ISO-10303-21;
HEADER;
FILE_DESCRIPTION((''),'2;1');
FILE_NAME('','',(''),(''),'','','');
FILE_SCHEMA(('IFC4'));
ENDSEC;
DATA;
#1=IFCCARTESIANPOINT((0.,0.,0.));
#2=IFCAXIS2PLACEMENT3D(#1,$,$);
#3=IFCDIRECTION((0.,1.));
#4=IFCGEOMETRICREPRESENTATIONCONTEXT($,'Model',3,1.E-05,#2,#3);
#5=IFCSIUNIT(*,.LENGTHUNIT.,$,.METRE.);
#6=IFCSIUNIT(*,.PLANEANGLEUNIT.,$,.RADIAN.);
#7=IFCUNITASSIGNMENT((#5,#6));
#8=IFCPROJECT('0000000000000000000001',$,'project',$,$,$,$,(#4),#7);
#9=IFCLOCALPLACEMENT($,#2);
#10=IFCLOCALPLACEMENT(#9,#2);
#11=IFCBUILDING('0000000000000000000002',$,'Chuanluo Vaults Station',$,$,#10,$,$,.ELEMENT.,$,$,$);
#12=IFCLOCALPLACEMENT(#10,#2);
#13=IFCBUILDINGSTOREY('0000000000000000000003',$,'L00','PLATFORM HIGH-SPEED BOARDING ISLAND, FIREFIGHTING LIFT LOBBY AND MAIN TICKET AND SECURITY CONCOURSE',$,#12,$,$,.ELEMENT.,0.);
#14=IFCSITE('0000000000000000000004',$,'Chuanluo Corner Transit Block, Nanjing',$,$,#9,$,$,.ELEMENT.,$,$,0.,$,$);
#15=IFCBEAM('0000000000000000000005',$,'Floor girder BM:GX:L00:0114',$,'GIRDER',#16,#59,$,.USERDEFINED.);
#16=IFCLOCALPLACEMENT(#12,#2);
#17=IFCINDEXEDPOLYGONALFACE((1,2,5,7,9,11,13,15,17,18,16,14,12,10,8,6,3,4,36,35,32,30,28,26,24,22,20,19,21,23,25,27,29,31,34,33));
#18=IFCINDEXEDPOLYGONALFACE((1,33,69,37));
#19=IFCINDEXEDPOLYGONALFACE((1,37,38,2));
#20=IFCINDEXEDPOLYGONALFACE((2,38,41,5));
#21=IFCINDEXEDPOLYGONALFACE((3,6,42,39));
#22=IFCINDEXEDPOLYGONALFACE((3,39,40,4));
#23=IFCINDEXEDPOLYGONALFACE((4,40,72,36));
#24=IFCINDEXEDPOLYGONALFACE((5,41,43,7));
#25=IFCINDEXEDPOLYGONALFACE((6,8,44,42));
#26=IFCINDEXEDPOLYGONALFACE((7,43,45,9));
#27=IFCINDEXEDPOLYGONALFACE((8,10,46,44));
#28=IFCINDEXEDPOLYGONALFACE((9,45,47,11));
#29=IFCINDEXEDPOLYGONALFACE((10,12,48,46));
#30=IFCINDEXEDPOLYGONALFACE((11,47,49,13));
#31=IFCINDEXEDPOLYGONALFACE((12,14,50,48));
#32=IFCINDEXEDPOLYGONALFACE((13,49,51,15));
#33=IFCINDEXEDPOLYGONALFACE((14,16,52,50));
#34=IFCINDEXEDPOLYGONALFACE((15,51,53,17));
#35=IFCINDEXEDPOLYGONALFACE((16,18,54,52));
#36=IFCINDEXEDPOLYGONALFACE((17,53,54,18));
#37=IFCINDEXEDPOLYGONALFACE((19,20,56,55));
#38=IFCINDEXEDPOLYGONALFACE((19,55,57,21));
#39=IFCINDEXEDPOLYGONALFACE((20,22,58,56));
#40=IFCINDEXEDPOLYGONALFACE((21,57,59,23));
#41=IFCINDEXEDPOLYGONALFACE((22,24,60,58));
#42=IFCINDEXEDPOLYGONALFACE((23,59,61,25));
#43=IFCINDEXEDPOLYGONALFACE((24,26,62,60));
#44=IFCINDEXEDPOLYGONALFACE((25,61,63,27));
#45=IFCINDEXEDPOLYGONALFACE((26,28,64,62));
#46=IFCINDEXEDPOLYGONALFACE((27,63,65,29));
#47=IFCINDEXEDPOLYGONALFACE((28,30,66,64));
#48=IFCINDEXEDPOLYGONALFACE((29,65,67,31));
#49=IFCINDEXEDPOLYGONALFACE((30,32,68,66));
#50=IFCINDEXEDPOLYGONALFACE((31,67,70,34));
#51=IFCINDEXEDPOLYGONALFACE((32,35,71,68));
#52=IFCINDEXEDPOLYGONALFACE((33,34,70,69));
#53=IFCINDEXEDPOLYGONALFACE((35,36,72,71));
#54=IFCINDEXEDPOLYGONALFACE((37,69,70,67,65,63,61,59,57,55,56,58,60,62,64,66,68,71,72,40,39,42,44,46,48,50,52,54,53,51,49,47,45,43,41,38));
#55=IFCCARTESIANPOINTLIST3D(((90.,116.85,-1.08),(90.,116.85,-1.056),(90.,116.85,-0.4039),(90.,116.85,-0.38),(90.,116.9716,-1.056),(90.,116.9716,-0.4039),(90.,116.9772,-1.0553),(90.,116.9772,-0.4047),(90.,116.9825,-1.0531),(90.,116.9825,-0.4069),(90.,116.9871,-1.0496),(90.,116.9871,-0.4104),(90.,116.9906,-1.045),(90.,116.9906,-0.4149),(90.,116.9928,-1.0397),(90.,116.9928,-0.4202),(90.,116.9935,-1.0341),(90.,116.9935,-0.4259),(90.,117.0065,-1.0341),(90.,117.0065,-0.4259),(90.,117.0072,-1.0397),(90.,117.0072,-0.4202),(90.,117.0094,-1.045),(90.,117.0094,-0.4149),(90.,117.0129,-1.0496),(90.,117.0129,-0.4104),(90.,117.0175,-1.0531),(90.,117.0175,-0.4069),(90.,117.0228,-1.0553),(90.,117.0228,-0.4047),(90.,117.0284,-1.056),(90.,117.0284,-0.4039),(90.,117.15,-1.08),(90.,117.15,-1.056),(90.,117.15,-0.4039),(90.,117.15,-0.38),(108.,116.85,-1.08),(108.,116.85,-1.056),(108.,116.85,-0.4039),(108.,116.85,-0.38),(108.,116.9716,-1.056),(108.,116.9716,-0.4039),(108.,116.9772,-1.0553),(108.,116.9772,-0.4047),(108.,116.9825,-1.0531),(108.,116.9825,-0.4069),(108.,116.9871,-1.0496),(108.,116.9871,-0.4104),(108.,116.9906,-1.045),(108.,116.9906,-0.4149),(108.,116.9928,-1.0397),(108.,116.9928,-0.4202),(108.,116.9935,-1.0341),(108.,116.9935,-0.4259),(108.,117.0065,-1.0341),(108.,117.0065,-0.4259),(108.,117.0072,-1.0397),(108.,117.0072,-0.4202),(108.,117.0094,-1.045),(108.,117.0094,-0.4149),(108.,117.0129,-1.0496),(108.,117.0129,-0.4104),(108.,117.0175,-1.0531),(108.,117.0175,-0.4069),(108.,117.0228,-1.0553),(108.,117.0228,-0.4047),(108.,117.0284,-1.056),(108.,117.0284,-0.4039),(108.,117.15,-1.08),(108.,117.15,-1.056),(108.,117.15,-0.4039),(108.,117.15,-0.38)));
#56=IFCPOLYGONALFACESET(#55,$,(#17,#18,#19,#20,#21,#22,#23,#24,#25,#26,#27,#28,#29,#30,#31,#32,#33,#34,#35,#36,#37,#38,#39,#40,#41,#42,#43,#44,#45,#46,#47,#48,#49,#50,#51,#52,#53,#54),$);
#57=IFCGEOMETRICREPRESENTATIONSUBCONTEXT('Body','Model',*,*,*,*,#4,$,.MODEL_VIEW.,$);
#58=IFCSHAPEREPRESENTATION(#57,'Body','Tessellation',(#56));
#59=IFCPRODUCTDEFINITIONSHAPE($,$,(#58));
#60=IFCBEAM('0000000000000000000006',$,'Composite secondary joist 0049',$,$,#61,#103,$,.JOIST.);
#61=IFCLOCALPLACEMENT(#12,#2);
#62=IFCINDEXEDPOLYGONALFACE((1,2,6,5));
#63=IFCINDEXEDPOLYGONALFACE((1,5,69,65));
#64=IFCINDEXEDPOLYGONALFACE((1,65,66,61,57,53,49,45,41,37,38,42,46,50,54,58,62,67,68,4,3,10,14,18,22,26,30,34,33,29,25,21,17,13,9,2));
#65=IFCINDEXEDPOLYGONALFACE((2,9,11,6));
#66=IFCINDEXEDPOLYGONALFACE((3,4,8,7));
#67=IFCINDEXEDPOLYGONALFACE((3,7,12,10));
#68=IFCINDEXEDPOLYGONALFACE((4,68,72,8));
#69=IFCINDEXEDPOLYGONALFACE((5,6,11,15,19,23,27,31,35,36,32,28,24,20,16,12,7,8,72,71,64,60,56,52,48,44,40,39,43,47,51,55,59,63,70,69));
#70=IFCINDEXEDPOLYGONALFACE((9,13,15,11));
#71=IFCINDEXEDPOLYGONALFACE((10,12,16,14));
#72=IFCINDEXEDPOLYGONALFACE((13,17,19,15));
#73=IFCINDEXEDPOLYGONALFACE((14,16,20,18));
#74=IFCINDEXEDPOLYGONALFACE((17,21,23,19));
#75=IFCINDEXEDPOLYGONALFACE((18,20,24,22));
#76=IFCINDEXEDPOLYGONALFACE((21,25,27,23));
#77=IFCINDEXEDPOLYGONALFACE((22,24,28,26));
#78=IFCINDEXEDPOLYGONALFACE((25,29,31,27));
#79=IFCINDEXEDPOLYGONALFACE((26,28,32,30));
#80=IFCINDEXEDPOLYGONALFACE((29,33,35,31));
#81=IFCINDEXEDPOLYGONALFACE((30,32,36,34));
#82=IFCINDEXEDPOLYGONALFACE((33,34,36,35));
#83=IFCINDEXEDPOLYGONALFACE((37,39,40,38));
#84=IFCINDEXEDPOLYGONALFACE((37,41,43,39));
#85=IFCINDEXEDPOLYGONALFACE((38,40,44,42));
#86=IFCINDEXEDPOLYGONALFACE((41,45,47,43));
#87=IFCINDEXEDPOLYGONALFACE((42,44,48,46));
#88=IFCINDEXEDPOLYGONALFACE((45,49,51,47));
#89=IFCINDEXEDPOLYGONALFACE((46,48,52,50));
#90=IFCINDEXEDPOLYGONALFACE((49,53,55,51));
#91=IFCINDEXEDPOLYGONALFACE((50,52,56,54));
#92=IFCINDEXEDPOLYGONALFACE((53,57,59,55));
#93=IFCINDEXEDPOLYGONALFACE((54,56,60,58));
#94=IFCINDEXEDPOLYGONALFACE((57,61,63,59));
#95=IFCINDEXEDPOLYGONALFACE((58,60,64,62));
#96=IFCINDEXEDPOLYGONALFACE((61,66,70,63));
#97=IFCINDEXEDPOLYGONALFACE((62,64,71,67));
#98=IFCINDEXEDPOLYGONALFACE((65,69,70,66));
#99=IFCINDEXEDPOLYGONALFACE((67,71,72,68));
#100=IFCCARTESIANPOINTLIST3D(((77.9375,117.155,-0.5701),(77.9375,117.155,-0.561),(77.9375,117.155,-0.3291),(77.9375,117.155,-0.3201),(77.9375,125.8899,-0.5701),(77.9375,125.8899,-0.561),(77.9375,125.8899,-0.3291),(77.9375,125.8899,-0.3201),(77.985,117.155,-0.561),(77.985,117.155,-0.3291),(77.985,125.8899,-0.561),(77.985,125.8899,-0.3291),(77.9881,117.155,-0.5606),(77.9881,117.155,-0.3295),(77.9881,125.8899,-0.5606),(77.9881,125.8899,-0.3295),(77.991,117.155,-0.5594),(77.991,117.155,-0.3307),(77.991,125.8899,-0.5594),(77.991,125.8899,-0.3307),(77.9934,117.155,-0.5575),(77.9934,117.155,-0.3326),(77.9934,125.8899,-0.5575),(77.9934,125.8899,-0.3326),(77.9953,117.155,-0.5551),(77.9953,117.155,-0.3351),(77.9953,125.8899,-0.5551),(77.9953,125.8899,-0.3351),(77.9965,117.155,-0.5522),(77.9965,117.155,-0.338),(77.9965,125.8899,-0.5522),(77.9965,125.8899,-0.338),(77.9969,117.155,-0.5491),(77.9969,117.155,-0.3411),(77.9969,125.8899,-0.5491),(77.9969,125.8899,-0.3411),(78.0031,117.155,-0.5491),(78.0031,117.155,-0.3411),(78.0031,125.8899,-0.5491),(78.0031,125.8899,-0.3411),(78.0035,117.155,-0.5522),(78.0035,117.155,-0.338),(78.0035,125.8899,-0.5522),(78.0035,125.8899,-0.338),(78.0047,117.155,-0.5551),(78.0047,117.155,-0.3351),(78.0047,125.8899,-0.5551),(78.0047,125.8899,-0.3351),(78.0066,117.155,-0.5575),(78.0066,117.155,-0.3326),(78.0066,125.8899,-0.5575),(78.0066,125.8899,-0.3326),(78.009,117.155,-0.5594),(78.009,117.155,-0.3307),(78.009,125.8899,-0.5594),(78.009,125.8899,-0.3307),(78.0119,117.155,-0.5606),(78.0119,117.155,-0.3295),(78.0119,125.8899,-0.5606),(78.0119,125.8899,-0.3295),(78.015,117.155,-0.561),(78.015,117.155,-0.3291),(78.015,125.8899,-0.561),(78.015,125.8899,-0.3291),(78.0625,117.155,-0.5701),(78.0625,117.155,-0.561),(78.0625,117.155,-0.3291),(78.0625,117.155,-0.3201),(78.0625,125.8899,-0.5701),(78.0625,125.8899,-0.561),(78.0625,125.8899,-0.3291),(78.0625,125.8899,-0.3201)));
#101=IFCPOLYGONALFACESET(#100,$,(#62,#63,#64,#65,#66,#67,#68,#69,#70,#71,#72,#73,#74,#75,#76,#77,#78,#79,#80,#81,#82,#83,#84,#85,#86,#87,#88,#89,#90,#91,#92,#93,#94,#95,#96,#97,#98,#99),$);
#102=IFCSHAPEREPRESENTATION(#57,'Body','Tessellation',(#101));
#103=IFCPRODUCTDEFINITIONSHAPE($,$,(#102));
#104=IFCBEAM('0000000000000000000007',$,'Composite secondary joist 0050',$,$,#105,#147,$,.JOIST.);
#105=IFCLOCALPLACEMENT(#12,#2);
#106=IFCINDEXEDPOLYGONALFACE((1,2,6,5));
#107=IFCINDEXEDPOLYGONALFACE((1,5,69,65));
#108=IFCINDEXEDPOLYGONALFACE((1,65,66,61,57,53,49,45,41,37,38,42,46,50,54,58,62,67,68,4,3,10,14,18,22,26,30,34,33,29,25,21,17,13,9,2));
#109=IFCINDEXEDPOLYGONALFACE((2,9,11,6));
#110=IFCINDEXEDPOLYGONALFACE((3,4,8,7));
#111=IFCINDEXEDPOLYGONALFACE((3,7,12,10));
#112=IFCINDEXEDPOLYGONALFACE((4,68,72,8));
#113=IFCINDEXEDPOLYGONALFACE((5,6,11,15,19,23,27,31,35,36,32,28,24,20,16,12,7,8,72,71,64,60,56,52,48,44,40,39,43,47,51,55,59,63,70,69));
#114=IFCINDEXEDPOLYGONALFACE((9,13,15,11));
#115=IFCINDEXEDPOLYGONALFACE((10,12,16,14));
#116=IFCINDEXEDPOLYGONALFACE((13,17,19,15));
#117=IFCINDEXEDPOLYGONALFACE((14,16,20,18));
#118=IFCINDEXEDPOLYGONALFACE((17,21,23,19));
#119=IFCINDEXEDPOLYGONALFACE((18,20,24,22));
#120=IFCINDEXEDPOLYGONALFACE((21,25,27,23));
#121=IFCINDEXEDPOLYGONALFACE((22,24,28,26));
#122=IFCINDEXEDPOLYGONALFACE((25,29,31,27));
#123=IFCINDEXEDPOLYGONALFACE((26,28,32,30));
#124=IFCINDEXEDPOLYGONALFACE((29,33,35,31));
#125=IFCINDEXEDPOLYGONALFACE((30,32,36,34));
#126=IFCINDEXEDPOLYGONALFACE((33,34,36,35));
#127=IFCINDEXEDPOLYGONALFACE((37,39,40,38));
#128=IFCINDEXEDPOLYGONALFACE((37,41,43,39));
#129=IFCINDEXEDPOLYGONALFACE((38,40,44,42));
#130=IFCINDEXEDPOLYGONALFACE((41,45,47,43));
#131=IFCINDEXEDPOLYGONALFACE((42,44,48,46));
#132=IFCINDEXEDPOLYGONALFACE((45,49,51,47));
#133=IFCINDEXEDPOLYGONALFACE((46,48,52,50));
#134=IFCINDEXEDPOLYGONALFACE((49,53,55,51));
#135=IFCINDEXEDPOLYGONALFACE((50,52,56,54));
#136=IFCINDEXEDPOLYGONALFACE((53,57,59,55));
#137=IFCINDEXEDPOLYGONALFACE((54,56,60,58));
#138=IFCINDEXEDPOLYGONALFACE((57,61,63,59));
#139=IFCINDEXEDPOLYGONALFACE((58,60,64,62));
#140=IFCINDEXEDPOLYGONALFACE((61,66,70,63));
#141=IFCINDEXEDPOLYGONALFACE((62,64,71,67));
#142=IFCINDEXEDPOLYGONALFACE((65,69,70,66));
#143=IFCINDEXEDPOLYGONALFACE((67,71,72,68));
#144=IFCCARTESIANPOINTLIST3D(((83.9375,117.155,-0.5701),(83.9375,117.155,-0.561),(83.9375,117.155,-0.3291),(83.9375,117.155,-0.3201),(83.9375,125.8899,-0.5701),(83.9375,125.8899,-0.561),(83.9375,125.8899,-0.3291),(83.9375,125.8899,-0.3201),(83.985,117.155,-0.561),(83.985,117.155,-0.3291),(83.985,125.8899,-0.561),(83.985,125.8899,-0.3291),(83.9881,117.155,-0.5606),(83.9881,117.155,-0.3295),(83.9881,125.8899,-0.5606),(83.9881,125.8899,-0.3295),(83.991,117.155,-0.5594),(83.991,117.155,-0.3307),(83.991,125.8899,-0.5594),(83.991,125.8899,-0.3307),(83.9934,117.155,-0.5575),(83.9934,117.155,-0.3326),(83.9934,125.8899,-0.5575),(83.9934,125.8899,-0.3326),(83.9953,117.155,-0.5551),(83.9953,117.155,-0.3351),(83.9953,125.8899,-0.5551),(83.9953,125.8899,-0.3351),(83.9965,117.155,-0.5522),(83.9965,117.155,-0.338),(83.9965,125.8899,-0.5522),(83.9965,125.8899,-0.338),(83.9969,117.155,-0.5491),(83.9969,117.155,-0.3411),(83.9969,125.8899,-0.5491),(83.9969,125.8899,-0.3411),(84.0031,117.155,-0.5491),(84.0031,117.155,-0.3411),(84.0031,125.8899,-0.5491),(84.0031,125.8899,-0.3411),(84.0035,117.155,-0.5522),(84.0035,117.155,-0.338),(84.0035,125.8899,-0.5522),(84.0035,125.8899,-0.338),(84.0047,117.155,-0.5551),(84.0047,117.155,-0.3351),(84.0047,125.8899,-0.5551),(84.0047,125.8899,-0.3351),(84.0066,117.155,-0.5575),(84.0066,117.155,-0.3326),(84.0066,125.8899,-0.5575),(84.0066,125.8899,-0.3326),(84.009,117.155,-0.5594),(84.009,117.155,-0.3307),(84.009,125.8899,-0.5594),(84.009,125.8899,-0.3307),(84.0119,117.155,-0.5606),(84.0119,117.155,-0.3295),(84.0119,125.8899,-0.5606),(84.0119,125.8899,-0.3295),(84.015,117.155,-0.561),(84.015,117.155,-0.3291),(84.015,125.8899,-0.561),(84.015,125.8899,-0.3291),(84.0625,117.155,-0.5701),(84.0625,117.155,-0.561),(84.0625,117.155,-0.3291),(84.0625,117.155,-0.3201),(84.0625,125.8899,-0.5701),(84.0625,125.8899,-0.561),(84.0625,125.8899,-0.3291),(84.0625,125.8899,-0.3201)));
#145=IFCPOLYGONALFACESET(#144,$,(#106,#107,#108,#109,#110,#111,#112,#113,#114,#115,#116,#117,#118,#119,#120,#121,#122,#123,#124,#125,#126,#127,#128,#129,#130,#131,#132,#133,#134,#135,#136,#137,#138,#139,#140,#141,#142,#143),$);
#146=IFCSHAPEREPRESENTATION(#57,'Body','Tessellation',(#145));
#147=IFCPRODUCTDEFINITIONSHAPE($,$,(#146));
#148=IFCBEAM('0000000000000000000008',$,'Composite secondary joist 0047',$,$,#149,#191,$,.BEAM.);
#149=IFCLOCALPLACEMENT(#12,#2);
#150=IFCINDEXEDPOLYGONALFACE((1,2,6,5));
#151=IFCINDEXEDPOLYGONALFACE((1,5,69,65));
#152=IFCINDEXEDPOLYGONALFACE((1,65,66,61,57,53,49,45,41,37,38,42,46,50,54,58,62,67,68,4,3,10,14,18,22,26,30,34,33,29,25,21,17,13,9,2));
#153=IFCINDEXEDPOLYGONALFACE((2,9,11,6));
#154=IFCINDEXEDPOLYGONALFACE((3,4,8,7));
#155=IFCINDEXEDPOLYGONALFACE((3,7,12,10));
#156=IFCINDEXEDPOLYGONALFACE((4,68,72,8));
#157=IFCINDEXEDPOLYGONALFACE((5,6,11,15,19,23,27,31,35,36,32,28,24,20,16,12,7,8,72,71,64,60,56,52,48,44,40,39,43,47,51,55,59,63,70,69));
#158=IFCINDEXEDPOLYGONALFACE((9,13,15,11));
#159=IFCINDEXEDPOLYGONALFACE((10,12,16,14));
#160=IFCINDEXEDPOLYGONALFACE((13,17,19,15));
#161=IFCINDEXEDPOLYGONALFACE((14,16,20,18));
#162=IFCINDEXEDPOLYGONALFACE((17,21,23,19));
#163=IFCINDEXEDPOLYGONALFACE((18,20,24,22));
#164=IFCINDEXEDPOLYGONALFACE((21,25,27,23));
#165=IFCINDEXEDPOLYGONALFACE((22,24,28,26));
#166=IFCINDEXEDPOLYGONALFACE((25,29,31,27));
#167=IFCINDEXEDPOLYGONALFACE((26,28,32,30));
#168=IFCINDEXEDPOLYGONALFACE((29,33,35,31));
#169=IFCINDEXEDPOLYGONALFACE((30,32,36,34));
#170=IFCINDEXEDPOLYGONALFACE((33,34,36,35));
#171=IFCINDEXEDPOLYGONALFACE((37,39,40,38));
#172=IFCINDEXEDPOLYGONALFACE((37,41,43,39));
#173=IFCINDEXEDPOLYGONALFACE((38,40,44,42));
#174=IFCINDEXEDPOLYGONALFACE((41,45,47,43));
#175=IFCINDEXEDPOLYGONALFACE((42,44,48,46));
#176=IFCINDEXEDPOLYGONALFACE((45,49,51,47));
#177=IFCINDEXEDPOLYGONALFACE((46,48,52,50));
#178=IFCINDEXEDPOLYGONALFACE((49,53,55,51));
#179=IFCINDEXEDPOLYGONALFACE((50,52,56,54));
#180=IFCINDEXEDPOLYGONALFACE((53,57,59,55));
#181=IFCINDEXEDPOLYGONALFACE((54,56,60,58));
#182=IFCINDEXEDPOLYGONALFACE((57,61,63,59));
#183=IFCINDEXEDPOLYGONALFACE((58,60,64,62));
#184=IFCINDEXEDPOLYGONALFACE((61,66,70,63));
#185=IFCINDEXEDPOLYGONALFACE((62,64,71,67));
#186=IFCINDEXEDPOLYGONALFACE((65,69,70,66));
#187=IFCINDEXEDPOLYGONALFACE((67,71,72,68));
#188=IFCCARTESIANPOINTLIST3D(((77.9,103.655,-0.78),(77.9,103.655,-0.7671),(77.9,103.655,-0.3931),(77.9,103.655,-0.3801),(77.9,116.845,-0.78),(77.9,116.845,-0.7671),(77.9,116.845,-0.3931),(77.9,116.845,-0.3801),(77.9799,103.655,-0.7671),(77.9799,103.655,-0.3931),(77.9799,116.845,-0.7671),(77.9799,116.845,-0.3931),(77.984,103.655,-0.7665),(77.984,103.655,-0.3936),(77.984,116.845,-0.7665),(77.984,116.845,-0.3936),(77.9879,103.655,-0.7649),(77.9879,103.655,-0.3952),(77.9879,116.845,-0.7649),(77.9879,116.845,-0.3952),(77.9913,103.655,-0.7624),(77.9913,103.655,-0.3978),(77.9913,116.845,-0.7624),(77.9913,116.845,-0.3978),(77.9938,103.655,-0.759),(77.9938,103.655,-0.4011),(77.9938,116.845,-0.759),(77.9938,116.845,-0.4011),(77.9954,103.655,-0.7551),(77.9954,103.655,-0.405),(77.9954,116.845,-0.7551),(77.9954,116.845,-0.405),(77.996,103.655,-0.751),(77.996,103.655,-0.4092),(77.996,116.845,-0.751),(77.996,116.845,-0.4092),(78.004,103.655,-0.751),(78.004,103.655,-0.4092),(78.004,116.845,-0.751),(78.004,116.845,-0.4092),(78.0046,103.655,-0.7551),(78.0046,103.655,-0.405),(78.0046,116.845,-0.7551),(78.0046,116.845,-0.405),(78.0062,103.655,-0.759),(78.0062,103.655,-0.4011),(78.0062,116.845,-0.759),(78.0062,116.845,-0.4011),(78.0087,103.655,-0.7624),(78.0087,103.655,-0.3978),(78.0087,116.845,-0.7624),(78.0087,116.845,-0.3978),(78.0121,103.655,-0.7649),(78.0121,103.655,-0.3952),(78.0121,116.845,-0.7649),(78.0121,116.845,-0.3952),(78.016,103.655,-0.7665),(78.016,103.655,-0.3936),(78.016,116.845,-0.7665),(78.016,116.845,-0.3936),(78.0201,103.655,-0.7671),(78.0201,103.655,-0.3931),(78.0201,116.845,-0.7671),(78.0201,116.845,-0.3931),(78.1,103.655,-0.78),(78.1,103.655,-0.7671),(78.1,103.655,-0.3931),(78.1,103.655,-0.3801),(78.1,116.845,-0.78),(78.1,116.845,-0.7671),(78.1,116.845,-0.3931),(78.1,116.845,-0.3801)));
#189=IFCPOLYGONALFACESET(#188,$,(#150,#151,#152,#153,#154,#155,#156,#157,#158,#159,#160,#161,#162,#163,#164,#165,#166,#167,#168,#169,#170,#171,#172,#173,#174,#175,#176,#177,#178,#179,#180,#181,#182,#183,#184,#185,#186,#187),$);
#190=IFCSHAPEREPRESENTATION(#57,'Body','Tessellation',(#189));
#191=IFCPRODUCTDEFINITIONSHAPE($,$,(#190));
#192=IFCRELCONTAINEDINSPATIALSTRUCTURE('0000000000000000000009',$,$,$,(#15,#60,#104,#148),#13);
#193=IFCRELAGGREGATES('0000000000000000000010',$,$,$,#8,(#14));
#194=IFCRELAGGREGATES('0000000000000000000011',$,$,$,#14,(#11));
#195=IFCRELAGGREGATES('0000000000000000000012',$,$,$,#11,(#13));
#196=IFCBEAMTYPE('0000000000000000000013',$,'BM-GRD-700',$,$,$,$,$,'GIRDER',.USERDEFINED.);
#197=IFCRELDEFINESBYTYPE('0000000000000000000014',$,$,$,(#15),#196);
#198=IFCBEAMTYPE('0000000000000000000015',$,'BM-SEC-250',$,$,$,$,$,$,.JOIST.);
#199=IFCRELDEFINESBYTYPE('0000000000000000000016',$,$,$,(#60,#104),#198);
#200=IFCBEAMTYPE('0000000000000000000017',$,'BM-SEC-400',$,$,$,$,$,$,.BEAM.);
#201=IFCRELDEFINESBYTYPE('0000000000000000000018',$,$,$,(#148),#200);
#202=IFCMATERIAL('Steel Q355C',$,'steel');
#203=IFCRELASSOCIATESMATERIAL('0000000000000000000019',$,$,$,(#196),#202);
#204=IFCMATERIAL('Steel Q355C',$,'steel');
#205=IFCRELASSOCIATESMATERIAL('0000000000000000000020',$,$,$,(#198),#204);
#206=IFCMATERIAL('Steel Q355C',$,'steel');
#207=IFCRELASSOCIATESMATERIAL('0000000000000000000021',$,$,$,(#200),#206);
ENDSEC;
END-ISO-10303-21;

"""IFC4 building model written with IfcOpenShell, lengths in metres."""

from ifc_helpers import new_model, si_unit, direction, frame, origin, origin_2d, place, context, subcontext, project, spatial, i_section, extrude, material, material_profile, profile_set, type_object, element, save


model = new_model("IFC4")

# Units and contexts
model_context = context("Model", 3, precision=1e-05, world=origin(), true_north=direction((0.0, 1.0)))
body_context = subcontext(model_context, "Body", "Model", "MODEL_VIEW")
ifc_project = project(units=[si_unit("LENGTHUNIT", "METRE"), si_unit("PLANEANGLEUNIT", "RADIAN")], contexts=[model_context])

# Site, building, storey
site_placement = place(None, origin())
site = spatial("IfcSite", under=ifc_project, at=site_placement, Name="Chuanluo Corner Transit Block, Nanjing", CompositionType="ELEMENT", RefElevation=0.0)
building_placement = place(site_placement, origin())
building = spatial("IfcBuilding", under=site, at=building_placement, Name="Chuanluo Vaults Station", CompositionType="ELEMENT")
storey_placement = place(building_placement, origin())
storey = spatial("IfcBuildingStorey", under=building, at=storey_placement, Name="L00", Description="PLATFORM HIGH-SPEED BOARDING ISLAND, FIREFIGHTING LIFT LOBBY AND MAIN TICKET AND SECURITY CONCOURSE", CompositionType="ELEMENT", Elevation=0.0)

# Beams
ifc_material_1 = material(Name="Steel Q355C", Category="steel")
ifc_material_profile_1 = material_profile(ifc_material_1, i_section(OverallWidth=0.3, OverallDepth=0.7, WebThickness=0.0129, FlangeThickness=0.0239, FilletRadius=0.022, at=origin_2d()))
ifc_profile_set_1 = profile_set([ifc_material_profile_1], Name="Steel Q355C")
beam_type_1 = type_object("IfcBeamType", Name="BM-GRD-700", ElementType="GIRDER", PredefinedType="USERDEFINED", material=ifc_profile_set_1)
for number, where, z_axis, x_axis, name in (
    (1, (90.0, 117.0, -0.73), (1.0, 0.0, 0.0), (0.0, 1.0, 0.0), "Floor girder BM:GX:L00:0114"),
):
    element("IfcBeam", number, at=place(storey_placement, frame(where, z_axis=z_axis, x_axis=x_axis)), inside=storey, type_object=beam_type_1, Name=name, ObjectType="GIRDER", PredefinedType="USERDEFINED", context=body_context, shape_type="SweptSolid", body=[
        extrude(i_section(OverallWidth=0.3, OverallDepth=0.7, WebThickness=0.0129, FlangeThickness=0.0239, FilletRadius=0.022, at=origin_2d()), origin(), (0.0, 0.0, 1.0), 18.0),
    ])
ifc_material_2 = material(Name="Steel Q355C", Category="steel")
ifc_material_profile_2 = material_profile(ifc_material_2, i_section(OverallWidth=0.125, OverallDepth=0.25, WebThickness=0.0061, FlangeThickness=0.009, FilletRadius=0.012, at=origin_2d()))
ifc_profile_set_2 = profile_set([ifc_material_profile_2], Name="Steel Q355C")
beam_type_2 = type_object("IfcBeamType", Name="BM-SEC-250", PredefinedType="JOIST", material=ifc_profile_set_2)
for number, where, z_axis, x_axis, name in (
    (2, (78.0, 117.155, -0.4451), (0.0, 1.0, 0.0), (-1.0, 0.0, 0.0), "Composite secondary joist 0049"),
    (3, (84.0, 117.155, -0.4451), (0.0, 1.0, 0.0), (-1.0, 0.0, 0.0), "Composite secondary joist 0050"),
):
    element("IfcBeam", number, at=place(storey_placement, frame(where, z_axis=z_axis, x_axis=x_axis)), inside=storey, type_object=beam_type_2, Name=name, PredefinedType="JOIST", context=body_context, shape_type="SweptSolid", body=[
        extrude(i_section(OverallWidth=0.125, OverallDepth=0.25, WebThickness=0.0061, FlangeThickness=0.009, FilletRadius=0.012, at=origin_2d()), origin(), (0.0, 0.0, 1.0), 8.7349),
    ])
ifc_material_3 = material(Name="Steel Q355C", Category="steel")
ifc_material_profile_3 = material_profile(ifc_material_3, i_section(OverallWidth=0.2, OverallDepth=0.3999, WebThickness=0.0081, FlangeThickness=0.0129, FilletRadius=0.0161, at=origin_2d()))
ifc_profile_set_3 = profile_set([ifc_material_profile_3], Name="Steel Q355C")
beam_type_3 = type_object("IfcBeamType", Name="BM-SEC-400", PredefinedType="BEAM", material=ifc_profile_set_3)
for number, where, z_axis, x_axis, name in (
    (4, (78.0, 103.655, -0.5801), (0.0, 1.0, 0.0), (-1.0, 0.0, 0.0), "Composite secondary joist 0047"),
):
    element("IfcBeam", number, at=place(storey_placement, frame(where, z_axis=z_axis, x_axis=x_axis)), inside=storey, type_object=beam_type_3, Name=name, PredefinedType="BEAM", context=body_context, shape_type="SweptSolid", body=[
        extrude(i_section(OverallWidth=0.2, OverallDepth=0.3999, WebThickness=0.0081, FlangeThickness=0.0129, FilletRadius=0.0161, at=origin_2d()), origin(), (0.0, 0.0, 1.0), 13.1899),
    ])

save(model, "model.ifc")
